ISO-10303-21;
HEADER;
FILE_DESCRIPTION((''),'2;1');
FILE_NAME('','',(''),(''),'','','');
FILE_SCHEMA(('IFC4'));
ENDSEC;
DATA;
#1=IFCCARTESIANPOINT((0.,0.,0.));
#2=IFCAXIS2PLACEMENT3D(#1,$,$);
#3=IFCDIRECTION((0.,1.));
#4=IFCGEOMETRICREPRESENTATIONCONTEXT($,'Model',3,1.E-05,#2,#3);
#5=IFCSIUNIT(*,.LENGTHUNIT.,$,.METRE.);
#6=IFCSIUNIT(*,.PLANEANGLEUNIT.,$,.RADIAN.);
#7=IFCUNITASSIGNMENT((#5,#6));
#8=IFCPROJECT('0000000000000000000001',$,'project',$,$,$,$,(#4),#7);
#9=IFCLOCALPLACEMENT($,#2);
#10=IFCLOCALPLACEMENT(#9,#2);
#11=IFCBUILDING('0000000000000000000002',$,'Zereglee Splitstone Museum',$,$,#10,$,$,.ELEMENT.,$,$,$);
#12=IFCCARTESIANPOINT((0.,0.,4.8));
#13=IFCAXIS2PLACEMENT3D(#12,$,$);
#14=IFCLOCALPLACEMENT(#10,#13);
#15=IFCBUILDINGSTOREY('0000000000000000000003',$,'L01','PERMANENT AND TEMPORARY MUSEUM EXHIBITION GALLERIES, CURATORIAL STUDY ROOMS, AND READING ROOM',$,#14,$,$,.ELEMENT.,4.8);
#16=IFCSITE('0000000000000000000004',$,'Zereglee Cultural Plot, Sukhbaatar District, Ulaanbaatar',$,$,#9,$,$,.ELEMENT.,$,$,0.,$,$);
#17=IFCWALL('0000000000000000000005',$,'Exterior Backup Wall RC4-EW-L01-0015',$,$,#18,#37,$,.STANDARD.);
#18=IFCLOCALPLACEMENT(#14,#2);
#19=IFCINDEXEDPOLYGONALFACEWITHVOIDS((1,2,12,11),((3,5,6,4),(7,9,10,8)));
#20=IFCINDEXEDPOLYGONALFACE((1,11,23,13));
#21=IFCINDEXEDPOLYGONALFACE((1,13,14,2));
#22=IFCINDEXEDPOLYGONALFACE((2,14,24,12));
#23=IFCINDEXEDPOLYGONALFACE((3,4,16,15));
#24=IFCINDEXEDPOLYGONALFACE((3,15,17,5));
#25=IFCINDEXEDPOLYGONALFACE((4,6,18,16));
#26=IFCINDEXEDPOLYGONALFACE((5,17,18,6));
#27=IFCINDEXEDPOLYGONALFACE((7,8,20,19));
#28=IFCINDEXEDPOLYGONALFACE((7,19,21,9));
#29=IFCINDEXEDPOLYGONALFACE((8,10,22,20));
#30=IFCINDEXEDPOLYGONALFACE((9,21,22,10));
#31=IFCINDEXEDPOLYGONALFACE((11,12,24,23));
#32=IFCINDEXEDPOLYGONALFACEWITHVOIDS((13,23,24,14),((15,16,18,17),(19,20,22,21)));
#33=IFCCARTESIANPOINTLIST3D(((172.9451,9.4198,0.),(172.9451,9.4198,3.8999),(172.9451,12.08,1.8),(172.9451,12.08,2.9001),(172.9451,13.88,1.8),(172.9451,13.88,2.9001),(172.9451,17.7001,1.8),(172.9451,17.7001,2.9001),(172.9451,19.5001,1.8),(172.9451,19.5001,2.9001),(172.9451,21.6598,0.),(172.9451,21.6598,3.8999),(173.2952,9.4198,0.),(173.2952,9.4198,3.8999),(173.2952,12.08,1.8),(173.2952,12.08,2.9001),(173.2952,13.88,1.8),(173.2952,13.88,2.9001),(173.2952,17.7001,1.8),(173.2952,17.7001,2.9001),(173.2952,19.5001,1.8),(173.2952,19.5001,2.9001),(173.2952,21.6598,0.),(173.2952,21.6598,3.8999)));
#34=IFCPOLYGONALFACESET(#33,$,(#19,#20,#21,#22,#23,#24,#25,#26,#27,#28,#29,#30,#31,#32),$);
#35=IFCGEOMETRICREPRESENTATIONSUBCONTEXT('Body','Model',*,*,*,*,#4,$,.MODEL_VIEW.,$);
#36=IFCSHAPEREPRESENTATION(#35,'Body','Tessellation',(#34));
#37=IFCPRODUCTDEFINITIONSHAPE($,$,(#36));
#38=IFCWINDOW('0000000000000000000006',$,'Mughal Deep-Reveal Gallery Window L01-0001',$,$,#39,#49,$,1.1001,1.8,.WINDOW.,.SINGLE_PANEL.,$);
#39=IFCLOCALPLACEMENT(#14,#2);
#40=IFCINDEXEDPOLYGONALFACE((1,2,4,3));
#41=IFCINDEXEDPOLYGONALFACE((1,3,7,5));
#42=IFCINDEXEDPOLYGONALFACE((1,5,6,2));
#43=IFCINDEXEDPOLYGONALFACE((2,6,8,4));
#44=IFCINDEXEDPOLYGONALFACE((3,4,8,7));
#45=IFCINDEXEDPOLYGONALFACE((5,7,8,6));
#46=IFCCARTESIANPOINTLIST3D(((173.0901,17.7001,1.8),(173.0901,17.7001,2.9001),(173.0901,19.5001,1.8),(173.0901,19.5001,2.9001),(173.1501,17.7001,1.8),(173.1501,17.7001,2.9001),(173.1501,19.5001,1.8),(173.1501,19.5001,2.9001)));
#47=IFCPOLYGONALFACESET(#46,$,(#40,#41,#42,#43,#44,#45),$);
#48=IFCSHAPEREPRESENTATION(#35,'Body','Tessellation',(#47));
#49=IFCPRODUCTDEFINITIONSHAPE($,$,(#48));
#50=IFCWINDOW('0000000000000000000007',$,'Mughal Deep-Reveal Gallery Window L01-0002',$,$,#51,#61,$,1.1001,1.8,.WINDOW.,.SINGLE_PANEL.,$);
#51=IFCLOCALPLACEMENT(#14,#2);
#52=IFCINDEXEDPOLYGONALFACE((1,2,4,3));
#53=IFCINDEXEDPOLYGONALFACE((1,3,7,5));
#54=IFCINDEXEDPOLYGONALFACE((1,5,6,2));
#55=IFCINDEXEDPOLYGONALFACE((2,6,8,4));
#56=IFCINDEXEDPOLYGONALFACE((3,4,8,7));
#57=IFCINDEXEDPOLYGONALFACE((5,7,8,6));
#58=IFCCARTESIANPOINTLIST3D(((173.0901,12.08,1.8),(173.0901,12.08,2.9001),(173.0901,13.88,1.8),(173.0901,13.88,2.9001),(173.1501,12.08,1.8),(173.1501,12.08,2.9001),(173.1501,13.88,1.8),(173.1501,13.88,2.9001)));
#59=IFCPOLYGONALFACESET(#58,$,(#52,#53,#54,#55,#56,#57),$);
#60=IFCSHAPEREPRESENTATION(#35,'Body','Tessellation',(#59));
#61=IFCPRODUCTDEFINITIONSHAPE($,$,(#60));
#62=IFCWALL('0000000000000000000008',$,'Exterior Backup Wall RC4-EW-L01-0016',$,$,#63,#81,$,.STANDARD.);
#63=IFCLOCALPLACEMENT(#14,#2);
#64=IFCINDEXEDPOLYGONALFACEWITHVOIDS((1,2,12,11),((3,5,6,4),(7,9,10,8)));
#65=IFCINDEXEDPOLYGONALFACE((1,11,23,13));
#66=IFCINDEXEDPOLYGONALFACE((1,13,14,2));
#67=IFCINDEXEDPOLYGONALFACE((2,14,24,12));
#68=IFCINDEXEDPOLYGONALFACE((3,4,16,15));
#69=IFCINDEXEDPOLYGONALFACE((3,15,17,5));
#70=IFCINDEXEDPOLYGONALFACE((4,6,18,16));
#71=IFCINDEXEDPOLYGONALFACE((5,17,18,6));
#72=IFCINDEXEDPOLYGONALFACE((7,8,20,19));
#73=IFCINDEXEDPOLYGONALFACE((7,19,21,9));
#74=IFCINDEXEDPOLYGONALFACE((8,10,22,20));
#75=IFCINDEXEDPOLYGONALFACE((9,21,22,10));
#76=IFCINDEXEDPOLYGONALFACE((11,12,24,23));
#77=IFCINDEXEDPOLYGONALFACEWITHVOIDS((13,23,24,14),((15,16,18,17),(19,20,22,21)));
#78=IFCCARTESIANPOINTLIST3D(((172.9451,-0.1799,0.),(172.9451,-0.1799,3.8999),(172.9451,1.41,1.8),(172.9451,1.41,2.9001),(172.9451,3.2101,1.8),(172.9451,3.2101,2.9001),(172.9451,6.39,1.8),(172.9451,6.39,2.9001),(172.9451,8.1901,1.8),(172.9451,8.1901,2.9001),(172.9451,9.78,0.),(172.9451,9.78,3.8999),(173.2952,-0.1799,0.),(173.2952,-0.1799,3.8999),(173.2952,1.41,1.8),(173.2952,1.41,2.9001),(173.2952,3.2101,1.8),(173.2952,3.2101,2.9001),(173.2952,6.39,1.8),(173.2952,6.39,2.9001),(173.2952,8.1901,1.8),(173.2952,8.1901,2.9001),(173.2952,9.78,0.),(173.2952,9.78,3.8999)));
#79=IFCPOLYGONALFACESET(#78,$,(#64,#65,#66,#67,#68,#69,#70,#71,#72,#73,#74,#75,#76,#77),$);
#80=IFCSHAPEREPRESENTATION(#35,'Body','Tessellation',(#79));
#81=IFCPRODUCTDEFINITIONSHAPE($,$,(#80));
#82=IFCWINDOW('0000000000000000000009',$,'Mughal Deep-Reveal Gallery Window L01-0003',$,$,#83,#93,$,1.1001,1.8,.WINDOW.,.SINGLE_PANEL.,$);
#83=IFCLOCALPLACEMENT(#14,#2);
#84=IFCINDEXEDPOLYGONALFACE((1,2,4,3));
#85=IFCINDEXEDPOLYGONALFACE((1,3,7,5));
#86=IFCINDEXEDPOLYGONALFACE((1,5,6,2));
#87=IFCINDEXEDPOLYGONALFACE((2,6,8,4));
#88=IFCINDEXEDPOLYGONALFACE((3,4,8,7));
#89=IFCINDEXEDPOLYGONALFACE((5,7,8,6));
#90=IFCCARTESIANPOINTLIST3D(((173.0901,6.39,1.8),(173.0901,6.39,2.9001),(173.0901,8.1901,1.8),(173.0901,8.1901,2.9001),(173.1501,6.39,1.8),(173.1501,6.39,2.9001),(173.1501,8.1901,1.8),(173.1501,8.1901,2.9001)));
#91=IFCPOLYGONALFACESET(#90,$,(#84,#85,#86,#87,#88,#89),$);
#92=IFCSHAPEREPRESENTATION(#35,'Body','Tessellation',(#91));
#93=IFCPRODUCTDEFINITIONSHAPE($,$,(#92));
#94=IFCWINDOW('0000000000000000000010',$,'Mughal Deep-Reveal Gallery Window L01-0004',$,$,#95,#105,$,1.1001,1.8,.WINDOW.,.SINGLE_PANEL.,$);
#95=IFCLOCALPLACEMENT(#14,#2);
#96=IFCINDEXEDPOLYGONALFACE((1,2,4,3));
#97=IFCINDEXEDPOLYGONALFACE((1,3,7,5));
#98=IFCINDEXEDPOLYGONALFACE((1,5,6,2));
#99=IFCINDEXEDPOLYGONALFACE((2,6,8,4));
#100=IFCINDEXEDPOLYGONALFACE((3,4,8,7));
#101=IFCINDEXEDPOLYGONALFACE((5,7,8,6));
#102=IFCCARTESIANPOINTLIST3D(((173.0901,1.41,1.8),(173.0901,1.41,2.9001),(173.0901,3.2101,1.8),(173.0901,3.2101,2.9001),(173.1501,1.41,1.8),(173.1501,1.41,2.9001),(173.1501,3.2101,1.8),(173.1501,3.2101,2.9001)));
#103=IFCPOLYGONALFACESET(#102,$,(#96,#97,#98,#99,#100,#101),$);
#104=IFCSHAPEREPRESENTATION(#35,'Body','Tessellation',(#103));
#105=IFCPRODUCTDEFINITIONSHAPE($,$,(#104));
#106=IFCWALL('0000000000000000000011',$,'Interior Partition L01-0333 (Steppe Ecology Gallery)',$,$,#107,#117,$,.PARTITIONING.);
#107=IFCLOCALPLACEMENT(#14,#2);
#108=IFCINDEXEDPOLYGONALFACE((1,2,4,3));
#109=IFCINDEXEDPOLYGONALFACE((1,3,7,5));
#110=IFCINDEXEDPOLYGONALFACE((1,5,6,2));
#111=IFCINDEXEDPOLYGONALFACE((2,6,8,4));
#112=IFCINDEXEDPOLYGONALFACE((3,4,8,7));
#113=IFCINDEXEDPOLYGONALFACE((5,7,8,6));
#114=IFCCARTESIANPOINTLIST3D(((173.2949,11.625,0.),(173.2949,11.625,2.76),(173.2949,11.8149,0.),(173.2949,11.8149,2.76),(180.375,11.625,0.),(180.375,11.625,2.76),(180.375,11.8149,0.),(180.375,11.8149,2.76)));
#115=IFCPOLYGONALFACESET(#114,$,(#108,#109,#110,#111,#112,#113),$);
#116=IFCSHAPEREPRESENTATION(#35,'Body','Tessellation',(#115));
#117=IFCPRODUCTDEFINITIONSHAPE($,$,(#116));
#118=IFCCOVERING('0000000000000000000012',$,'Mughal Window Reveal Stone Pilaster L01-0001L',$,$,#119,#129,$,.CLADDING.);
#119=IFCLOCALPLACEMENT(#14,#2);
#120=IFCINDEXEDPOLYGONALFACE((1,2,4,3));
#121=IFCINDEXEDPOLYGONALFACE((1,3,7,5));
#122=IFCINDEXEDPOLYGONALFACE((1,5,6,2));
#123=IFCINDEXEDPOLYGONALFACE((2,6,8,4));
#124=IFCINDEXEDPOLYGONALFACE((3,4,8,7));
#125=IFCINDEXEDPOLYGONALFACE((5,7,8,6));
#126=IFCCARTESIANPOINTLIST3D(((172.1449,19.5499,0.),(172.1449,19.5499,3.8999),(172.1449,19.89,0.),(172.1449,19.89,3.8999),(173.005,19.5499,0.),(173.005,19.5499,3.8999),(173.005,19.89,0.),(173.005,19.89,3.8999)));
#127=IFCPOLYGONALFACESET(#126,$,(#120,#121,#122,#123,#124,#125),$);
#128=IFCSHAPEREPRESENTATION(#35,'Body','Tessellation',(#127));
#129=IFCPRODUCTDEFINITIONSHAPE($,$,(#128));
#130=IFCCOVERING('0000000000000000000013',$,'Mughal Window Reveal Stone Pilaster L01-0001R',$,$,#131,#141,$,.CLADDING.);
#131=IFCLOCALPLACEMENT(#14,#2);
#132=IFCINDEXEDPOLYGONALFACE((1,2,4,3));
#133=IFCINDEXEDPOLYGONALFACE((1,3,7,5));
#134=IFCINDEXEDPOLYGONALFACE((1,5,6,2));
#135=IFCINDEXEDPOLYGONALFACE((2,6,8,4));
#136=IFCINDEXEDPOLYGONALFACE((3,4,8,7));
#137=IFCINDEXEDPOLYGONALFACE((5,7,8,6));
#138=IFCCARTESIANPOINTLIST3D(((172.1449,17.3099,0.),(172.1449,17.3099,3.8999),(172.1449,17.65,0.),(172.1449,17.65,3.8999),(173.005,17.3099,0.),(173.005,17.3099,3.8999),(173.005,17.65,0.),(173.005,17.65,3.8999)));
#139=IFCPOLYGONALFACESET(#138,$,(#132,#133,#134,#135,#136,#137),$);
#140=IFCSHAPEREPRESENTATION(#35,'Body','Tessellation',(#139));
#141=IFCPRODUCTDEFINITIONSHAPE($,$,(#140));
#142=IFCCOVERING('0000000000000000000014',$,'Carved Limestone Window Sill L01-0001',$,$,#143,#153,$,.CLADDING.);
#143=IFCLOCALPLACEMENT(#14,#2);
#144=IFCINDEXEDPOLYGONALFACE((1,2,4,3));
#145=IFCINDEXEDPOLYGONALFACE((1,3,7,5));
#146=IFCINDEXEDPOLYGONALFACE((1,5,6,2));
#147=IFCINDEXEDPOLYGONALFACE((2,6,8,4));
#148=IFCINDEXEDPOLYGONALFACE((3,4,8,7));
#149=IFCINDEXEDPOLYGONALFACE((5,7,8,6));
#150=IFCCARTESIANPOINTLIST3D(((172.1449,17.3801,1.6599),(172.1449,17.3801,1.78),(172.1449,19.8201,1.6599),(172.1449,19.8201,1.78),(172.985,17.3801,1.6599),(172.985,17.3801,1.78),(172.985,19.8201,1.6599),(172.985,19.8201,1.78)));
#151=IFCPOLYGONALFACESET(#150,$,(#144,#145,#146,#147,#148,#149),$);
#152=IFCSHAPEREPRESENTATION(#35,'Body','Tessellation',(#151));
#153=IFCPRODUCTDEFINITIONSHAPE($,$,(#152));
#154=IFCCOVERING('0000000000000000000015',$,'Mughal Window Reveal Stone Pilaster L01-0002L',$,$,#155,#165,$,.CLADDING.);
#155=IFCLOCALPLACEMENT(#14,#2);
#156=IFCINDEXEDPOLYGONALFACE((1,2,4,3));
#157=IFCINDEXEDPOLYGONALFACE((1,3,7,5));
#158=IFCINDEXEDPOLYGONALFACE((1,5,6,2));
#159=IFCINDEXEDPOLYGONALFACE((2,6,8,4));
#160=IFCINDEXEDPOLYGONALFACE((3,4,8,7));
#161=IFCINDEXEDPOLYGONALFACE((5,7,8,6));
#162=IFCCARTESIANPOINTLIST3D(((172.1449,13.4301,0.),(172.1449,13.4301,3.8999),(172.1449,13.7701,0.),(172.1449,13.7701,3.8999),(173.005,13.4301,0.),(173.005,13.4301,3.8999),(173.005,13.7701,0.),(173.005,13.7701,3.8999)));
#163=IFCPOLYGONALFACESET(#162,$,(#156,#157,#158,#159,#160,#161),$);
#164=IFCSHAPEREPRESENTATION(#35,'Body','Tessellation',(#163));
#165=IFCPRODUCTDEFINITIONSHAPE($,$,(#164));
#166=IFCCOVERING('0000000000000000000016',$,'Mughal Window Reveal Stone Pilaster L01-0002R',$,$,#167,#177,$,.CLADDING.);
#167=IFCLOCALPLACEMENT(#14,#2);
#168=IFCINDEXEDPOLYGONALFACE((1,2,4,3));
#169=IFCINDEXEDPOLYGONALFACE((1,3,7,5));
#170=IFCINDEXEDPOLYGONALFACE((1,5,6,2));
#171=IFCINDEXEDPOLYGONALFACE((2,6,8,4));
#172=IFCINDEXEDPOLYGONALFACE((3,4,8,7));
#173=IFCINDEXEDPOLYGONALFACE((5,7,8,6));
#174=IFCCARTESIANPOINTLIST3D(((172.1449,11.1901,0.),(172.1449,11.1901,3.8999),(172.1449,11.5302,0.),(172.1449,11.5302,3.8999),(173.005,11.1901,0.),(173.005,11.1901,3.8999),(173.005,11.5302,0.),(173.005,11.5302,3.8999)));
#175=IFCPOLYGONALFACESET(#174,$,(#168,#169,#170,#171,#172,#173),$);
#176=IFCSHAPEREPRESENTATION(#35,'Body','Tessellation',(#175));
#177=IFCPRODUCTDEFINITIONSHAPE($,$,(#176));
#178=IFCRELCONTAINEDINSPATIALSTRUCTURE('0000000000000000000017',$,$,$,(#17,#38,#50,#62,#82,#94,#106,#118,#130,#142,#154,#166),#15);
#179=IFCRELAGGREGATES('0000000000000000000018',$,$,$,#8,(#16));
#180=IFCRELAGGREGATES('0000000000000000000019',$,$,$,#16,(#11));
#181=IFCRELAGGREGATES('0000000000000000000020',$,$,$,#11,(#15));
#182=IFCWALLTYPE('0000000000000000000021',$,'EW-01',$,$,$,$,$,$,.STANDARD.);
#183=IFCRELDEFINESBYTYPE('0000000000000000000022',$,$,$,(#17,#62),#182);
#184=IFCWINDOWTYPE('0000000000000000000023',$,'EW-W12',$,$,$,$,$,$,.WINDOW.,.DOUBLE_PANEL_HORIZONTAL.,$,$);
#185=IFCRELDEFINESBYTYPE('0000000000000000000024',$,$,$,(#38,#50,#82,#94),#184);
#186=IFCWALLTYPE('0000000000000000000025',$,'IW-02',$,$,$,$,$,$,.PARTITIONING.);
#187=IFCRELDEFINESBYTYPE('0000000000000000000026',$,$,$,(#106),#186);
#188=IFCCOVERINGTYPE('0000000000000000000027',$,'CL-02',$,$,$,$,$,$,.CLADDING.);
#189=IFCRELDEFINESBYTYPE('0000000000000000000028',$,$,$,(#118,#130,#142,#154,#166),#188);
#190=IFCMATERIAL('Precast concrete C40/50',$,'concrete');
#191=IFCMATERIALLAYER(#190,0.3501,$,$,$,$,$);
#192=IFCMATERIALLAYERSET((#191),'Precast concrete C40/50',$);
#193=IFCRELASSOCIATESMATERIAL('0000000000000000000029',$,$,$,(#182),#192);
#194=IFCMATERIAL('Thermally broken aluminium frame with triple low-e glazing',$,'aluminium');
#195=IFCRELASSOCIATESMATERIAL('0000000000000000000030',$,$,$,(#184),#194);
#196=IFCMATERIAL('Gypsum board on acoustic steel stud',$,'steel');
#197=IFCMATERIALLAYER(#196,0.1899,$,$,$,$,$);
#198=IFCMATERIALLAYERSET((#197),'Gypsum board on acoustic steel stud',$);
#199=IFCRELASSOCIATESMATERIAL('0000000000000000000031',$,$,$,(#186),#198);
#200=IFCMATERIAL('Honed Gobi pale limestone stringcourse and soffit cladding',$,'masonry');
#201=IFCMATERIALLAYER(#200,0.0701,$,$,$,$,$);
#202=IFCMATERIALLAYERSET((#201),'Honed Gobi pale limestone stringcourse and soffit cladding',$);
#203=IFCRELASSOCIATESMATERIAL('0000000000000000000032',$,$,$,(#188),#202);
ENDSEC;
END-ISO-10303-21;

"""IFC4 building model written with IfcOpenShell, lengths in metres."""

from ifc_helpers import new_model, si_unit, direction, frame, frame_2d, origin, origin_2d, place, context, subcontext, project, spatial, rectangle, extrude, material, layer, layer_set, type_object, element, fill, save


model = new_model("IFC4")

# Units and contexts
model_context = context("Model", 3, precision=1e-05, world=origin(), true_north=direction((0.0, 1.0)))
body_context = subcontext(model_context, "Body", "Model", "MODEL_VIEW")
ifc_project = project(units=[si_unit("LENGTHUNIT", "METRE"), si_unit("PLANEANGLEUNIT", "RADIAN")], contexts=[model_context])

# Site, building, storey
site_placement = place(None, origin())
site = spatial("IfcSite", under=ifc_project, at=site_placement, Name="Zereglee Cultural Plot, Sukhbaatar District, Ulaanbaatar", CompositionType="ELEMENT", RefElevation=0.0)
building_placement = place(site_placement, origin())
building = spatial("IfcBuilding", under=site, at=building_placement, Name="Zereglee Splitstone Museum", CompositionType="ELEMENT")
storey_placement = place(building_placement, frame((0.0, 0.0, 4.8)))
storey = spatial("IfcBuildingStorey", under=building, at=storey_placement, Name="L01", Description="PERMANENT AND TEMPORARY MUSEUM EXHIBITION GALLERIES, CURATORIAL STUDY ROOMS, AND READING ROOM", CompositionType="ELEMENT", Elevation=4.8)

# Walls, openings, windows
ifc_material_1 = material(Name="Precast concrete C40/50", Category="concrete")
ifc_layer_1 = layer(ifc_material_1, 0.3501)
ifc_layer_set_1 = layer_set([ifc_layer_1], Name="Precast concrete C40/50")
wall_type_1 = type_object("IfcWallType", Name="EW-01", PredefinedType="STANDARD", material=ifc_layer_set_1)
wall_1_placement = place(storey_placement, frame((173.1201, 21.6599, 0.0), z_axis=(0.0, 0.0, 1.0), x_axis=(0.0, -1.0, 0.0)))
wall_1 = element("IfcWall", 1, at=wall_1_placement, inside=storey, type_object=wall_type_1, Name="Exterior Backup Wall RC4-EW-L01-0015", PredefinedType="STANDARD", context=body_context, shape_type="SweptSolid", body=[
    extrude(rectangle(XDim=12.24, YDim=0.3501, at=frame_2d((6.1201, 0.0))), origin(), (0.0, 0.0, 1.0), 3.8999),
])
opening_1_placement = place(wall_1_placement, frame((2.1599, 0.0, 1.8)))
opening_1 = element("IfcOpeningElement", 2, at=opening_1_placement, cuts=wall_1, PredefinedType="OPENING", context=body_context, shape_type="SweptSolid", body=[
    extrude(rectangle(XDim=1.8, YDim=1.1001, at=frame_2d((0.8999, 0.55))), frame((0.0, 0.1899, 0.0), z_axis=(0.0, -1.0, 0.0), x_axis=(1.0, 0.0, 0.0)), (0.0, 0.0, 1.0), 0.3799),
])
opening_2_placement = place(wall_1_placement, frame((7.78, 0.0, 1.8)))
opening_2 = element("IfcOpeningElement", 3, at=opening_2_placement, cuts=wall_1, PredefinedType="OPENING", context=body_context, shape_type="SweptSolid", body=[
    extrude(rectangle(XDim=1.8, YDim=1.1001, at=frame_2d((0.8999, 0.55))), frame((0.0, 0.1899, 0.0), z_axis=(0.0, -1.0, 0.0), x_axis=(1.0, 0.0, 0.0)), (0.0, 0.0, 1.0), 0.3799),
])
ifc_material_2 = material(Name="Thermally broken aluminium frame with triple low-e glazing", Category="aluminium")
window_type = type_object("IfcWindowType", Name="EW-W12", PartitioningType="DOUBLE_PANEL_HORIZONTAL", PredefinedType="WINDOW", material=ifc_material_2)
window_1_placement = place(opening_1_placement, origin())
window_1 = element("IfcWindow", 4, at=window_1_placement, inside=storey, type_object=window_type, Name="Mughal Deep-Reveal Gallery Window L01-0001", OverallHeight=1.1001, OverallWidth=1.8, PartitioningType="SINGLE_PANEL", PredefinedType="WINDOW", context=body_context, shape_type="SweptSolid", body=[
    extrude(rectangle(XDim=1.8, YDim=1.1001, at=frame_2d((0.8999, 0.55))), frame((0.0, 0.03, 0.0), z_axis=(0.0, -1.0, 0.0), x_axis=(1.0, 0.0, 0.0)), (0.0, 0.0, 1.0), 0.0601),
])
fill(opening_1, window_1)
window_2_placement = place(opening_2_placement, origin())
window_2 = element("IfcWindow", 5, at=window_2_placement, inside=storey, type_object=window_type, Name="Mughal Deep-Reveal Gallery Window L01-0002", OverallHeight=1.1001, OverallWidth=1.8, PartitioningType="SINGLE_PANEL", PredefinedType="WINDOW", context=body_context, shape_type="SweptSolid", body=[
    extrude(rectangle(XDim=1.8, YDim=1.1001, at=frame_2d((0.8999, 0.55))), frame((0.0, 0.03, 0.0), z_axis=(0.0, -1.0, 0.0), x_axis=(1.0, 0.0, 0.0)), (0.0, 0.0, 1.0), 0.0601),
])
fill(opening_2, window_2)
wall_2_placement = place(storey_placement, frame((173.1201, 9.78, 0.0), z_axis=(0.0, 0.0, 1.0), x_axis=(0.0, -1.0, 0.0)))
wall_2 = element("IfcWall", 6, at=wall_2_placement, inside=storey, type_object=wall_type_1, Name="Exterior Backup Wall RC4-EW-L01-0016", PredefinedType="STANDARD", context=body_context, shape_type="SweptSolid", body=[
    extrude(rectangle(XDim=9.96, YDim=0.3501, at=frame_2d((4.98, 0.0))), origin(), (0.0, 0.0, 1.0), 3.8999),
])
opening_3_placement = place(wall_2_placement, frame((1.5901, 0.0, 1.8)))
opening_3 = element("IfcOpeningElement", 7, at=opening_3_placement, cuts=wall_2, PredefinedType="OPENING", context=body_context, shape_type="SweptSolid", body=[
    extrude(rectangle(XDim=1.8, YDim=1.1001, at=frame_2d((0.8999, 0.55))), frame((0.0, 0.1899, 0.0), z_axis=(0.0, -1.0, 0.0), x_axis=(1.0, 0.0, 0.0)), (0.0, 0.0, 1.0), 0.3799),
])
opening_4_placement = place(wall_2_placement, frame((6.5701, 0.0, 1.8)))
opening_4 = element("IfcOpeningElement", 8, at=opening_4_placement, cuts=wall_2, PredefinedType="OPENING", context=body_context, shape_type="SweptSolid", body=[
    extrude(rectangle(XDim=1.8, YDim=1.1001, at=frame_2d((0.8999, 0.55))), frame((0.0, 0.1899, 0.0), z_axis=(0.0, -1.0, 0.0), x_axis=(1.0, 0.0, 0.0)), (0.0, 0.0, 1.0), 0.3799),
])
window_3_placement = place(opening_3_placement, origin())
window_3 = element("IfcWindow", 9, at=window_3_placement, inside=storey, type_object=window_type, Name="Mughal Deep-Reveal Gallery Window L01-0003", OverallHeight=1.1001, OverallWidth=1.8, PartitioningType="SINGLE_PANEL", PredefinedType="WINDOW", context=body_context, shape_type="SweptSolid", body=[
    extrude(rectangle(XDim=1.8, YDim=1.1001, at=frame_2d((0.8999, 0.55))), frame((0.0, 0.03, 0.0), z_axis=(0.0, -1.0, 0.0), x_axis=(1.0, 0.0, 0.0)), (0.0, 0.0, 1.0), 0.0601),
])
fill(opening_3, window_3)
window_4_placement = place(opening_4_placement, origin())
window_4 = element("IfcWindow", 10, at=window_4_placement, inside=storey, type_object=window_type, Name="Mughal Deep-Reveal Gallery Window L01-0004", OverallHeight=1.1001, OverallWidth=1.8, PartitioningType="SINGLE_PANEL", PredefinedType="WINDOW", context=body_context, shape_type="SweptSolid", body=[
    extrude(rectangle(XDim=1.8, YDim=1.1001, at=frame_2d((0.8999, 0.55))), frame((0.0, 0.03, 0.0), z_axis=(0.0, -1.0, 0.0), x_axis=(1.0, 0.0, 0.0)), (0.0, 0.0, 1.0), 0.0601),
])
fill(opening_4, window_4)

# Wall
ifc_material_3 = material(Name="Gypsum board on acoustic steel stud", Category="steel")
ifc_layer_2 = layer(ifc_material_3, 0.1899)
ifc_layer_set_2 = layer_set([ifc_layer_2], Name="Gypsum board on acoustic steel stud")
wall_type_2 = type_object("IfcWallType", Name="IW-02", PredefinedType="PARTITIONING", material=ifc_layer_set_2)
wall_3_placement = place(storey_placement, frame((173.2949, 11.72, 0.0), z_axis=(0.0, 0.0, 1.0), x_axis=(1.0, 0.0, 0.0)))
element("IfcWall", 11, at=wall_3_placement, inside=storey, type_object=wall_type_2, Name="Interior Partition L01-0333 (Steppe Ecology Gallery)", PredefinedType="PARTITIONING", context=body_context, shape_type="SweptSolid", body=[
    extrude(rectangle(XDim=7.0801, YDim=0.1899, at=frame_2d((3.54, 0.0))), origin(), (0.0, 0.0, 1.0), 2.76),
])

# Coverings
ifc_material_4 = material(Name="Honed Gobi pale limestone stringcourse and soffit cladding", Category="masonry")
ifc_layer_3 = layer(ifc_material_4, 0.0701)
ifc_layer_set_3 = layer_set([ifc_layer_3], Name="Honed Gobi pale limestone stringcourse and soffit cladding")
covering_type_1 = type_object("IfcCoveringType", Name="CL-02", PredefinedType="CLADDING", material=ifc_layer_set_3)
for number, where, z_axis, x_axis, name in (
    (12, (172.575, 19.72, 0.0), (0.0, 0.0, 1.0), (0.0, -1.0, 0.0), "Mughal Window Reveal Stone Pilaster L01-0001L"),
    (13, (172.575, 17.48, 0.0), (0.0, 0.0, 1.0), (0.0, -1.0, 0.0), "Mughal Window Reveal Stone Pilaster L01-0001R"),
):
    element("IfcCovering", number, at=place(storey_placement, frame(where, z_axis=z_axis, x_axis=x_axis)), inside=storey, type_object=covering_type_1, Name=name, PredefinedType="CLADDING", context=body_context, shape_type="SweptSolid", body=[
        extrude(rectangle(XDim=0.3401, YDim=0.8601, at=origin_2d()), origin(), (0.0, 0.0, 1.0), 3.8999),
    ])
covering_1_placement = place(storey_placement, frame((172.5649, 18.6001, 1.6599), z_axis=(0.0, 0.0, 1.0), x_axis=(0.0, -1.0, 0.0)))
element("IfcCovering", 14, at=covering_1_placement, inside=storey, type_object=covering_type_1, Name="Carved Limestone Window Sill L01-0001", PredefinedType="CLADDING", context=body_context, shape_type="SweptSolid", body=[
    extrude(rectangle(XDim=2.4399, YDim=0.8401, at=origin_2d()), origin(), (0.0, 0.0, 1.0), 0.1201),
])
for number, where, z_axis, x_axis, name in (
    (15, (172.575, 13.6001, 0.0), (0.0, 0.0, 1.0), (0.0, -1.0, 0.0), "Mughal Window Reveal Stone Pilaster L01-0002L"),
    (16, (172.575, 11.3601, 0.0), (0.0, 0.0, 1.0), (0.0, -1.0, 0.0), "Mughal Window Reveal Stone Pilaster L01-0002R"),
):
    element("IfcCovering", number, at=place(storey_placement, frame(where, z_axis=z_axis, x_axis=x_axis)), inside=storey, type_object=covering_type_1, Name=name, PredefinedType="CLADDING", context=body_context, shape_type="SweptSolid", body=[
        extrude(rectangle(XDim=0.3401, YDim=0.8601, at=origin_2d()), origin(), (0.0, 0.0, 1.0), 3.8999),
    ])

save(model, "model.ifc")
